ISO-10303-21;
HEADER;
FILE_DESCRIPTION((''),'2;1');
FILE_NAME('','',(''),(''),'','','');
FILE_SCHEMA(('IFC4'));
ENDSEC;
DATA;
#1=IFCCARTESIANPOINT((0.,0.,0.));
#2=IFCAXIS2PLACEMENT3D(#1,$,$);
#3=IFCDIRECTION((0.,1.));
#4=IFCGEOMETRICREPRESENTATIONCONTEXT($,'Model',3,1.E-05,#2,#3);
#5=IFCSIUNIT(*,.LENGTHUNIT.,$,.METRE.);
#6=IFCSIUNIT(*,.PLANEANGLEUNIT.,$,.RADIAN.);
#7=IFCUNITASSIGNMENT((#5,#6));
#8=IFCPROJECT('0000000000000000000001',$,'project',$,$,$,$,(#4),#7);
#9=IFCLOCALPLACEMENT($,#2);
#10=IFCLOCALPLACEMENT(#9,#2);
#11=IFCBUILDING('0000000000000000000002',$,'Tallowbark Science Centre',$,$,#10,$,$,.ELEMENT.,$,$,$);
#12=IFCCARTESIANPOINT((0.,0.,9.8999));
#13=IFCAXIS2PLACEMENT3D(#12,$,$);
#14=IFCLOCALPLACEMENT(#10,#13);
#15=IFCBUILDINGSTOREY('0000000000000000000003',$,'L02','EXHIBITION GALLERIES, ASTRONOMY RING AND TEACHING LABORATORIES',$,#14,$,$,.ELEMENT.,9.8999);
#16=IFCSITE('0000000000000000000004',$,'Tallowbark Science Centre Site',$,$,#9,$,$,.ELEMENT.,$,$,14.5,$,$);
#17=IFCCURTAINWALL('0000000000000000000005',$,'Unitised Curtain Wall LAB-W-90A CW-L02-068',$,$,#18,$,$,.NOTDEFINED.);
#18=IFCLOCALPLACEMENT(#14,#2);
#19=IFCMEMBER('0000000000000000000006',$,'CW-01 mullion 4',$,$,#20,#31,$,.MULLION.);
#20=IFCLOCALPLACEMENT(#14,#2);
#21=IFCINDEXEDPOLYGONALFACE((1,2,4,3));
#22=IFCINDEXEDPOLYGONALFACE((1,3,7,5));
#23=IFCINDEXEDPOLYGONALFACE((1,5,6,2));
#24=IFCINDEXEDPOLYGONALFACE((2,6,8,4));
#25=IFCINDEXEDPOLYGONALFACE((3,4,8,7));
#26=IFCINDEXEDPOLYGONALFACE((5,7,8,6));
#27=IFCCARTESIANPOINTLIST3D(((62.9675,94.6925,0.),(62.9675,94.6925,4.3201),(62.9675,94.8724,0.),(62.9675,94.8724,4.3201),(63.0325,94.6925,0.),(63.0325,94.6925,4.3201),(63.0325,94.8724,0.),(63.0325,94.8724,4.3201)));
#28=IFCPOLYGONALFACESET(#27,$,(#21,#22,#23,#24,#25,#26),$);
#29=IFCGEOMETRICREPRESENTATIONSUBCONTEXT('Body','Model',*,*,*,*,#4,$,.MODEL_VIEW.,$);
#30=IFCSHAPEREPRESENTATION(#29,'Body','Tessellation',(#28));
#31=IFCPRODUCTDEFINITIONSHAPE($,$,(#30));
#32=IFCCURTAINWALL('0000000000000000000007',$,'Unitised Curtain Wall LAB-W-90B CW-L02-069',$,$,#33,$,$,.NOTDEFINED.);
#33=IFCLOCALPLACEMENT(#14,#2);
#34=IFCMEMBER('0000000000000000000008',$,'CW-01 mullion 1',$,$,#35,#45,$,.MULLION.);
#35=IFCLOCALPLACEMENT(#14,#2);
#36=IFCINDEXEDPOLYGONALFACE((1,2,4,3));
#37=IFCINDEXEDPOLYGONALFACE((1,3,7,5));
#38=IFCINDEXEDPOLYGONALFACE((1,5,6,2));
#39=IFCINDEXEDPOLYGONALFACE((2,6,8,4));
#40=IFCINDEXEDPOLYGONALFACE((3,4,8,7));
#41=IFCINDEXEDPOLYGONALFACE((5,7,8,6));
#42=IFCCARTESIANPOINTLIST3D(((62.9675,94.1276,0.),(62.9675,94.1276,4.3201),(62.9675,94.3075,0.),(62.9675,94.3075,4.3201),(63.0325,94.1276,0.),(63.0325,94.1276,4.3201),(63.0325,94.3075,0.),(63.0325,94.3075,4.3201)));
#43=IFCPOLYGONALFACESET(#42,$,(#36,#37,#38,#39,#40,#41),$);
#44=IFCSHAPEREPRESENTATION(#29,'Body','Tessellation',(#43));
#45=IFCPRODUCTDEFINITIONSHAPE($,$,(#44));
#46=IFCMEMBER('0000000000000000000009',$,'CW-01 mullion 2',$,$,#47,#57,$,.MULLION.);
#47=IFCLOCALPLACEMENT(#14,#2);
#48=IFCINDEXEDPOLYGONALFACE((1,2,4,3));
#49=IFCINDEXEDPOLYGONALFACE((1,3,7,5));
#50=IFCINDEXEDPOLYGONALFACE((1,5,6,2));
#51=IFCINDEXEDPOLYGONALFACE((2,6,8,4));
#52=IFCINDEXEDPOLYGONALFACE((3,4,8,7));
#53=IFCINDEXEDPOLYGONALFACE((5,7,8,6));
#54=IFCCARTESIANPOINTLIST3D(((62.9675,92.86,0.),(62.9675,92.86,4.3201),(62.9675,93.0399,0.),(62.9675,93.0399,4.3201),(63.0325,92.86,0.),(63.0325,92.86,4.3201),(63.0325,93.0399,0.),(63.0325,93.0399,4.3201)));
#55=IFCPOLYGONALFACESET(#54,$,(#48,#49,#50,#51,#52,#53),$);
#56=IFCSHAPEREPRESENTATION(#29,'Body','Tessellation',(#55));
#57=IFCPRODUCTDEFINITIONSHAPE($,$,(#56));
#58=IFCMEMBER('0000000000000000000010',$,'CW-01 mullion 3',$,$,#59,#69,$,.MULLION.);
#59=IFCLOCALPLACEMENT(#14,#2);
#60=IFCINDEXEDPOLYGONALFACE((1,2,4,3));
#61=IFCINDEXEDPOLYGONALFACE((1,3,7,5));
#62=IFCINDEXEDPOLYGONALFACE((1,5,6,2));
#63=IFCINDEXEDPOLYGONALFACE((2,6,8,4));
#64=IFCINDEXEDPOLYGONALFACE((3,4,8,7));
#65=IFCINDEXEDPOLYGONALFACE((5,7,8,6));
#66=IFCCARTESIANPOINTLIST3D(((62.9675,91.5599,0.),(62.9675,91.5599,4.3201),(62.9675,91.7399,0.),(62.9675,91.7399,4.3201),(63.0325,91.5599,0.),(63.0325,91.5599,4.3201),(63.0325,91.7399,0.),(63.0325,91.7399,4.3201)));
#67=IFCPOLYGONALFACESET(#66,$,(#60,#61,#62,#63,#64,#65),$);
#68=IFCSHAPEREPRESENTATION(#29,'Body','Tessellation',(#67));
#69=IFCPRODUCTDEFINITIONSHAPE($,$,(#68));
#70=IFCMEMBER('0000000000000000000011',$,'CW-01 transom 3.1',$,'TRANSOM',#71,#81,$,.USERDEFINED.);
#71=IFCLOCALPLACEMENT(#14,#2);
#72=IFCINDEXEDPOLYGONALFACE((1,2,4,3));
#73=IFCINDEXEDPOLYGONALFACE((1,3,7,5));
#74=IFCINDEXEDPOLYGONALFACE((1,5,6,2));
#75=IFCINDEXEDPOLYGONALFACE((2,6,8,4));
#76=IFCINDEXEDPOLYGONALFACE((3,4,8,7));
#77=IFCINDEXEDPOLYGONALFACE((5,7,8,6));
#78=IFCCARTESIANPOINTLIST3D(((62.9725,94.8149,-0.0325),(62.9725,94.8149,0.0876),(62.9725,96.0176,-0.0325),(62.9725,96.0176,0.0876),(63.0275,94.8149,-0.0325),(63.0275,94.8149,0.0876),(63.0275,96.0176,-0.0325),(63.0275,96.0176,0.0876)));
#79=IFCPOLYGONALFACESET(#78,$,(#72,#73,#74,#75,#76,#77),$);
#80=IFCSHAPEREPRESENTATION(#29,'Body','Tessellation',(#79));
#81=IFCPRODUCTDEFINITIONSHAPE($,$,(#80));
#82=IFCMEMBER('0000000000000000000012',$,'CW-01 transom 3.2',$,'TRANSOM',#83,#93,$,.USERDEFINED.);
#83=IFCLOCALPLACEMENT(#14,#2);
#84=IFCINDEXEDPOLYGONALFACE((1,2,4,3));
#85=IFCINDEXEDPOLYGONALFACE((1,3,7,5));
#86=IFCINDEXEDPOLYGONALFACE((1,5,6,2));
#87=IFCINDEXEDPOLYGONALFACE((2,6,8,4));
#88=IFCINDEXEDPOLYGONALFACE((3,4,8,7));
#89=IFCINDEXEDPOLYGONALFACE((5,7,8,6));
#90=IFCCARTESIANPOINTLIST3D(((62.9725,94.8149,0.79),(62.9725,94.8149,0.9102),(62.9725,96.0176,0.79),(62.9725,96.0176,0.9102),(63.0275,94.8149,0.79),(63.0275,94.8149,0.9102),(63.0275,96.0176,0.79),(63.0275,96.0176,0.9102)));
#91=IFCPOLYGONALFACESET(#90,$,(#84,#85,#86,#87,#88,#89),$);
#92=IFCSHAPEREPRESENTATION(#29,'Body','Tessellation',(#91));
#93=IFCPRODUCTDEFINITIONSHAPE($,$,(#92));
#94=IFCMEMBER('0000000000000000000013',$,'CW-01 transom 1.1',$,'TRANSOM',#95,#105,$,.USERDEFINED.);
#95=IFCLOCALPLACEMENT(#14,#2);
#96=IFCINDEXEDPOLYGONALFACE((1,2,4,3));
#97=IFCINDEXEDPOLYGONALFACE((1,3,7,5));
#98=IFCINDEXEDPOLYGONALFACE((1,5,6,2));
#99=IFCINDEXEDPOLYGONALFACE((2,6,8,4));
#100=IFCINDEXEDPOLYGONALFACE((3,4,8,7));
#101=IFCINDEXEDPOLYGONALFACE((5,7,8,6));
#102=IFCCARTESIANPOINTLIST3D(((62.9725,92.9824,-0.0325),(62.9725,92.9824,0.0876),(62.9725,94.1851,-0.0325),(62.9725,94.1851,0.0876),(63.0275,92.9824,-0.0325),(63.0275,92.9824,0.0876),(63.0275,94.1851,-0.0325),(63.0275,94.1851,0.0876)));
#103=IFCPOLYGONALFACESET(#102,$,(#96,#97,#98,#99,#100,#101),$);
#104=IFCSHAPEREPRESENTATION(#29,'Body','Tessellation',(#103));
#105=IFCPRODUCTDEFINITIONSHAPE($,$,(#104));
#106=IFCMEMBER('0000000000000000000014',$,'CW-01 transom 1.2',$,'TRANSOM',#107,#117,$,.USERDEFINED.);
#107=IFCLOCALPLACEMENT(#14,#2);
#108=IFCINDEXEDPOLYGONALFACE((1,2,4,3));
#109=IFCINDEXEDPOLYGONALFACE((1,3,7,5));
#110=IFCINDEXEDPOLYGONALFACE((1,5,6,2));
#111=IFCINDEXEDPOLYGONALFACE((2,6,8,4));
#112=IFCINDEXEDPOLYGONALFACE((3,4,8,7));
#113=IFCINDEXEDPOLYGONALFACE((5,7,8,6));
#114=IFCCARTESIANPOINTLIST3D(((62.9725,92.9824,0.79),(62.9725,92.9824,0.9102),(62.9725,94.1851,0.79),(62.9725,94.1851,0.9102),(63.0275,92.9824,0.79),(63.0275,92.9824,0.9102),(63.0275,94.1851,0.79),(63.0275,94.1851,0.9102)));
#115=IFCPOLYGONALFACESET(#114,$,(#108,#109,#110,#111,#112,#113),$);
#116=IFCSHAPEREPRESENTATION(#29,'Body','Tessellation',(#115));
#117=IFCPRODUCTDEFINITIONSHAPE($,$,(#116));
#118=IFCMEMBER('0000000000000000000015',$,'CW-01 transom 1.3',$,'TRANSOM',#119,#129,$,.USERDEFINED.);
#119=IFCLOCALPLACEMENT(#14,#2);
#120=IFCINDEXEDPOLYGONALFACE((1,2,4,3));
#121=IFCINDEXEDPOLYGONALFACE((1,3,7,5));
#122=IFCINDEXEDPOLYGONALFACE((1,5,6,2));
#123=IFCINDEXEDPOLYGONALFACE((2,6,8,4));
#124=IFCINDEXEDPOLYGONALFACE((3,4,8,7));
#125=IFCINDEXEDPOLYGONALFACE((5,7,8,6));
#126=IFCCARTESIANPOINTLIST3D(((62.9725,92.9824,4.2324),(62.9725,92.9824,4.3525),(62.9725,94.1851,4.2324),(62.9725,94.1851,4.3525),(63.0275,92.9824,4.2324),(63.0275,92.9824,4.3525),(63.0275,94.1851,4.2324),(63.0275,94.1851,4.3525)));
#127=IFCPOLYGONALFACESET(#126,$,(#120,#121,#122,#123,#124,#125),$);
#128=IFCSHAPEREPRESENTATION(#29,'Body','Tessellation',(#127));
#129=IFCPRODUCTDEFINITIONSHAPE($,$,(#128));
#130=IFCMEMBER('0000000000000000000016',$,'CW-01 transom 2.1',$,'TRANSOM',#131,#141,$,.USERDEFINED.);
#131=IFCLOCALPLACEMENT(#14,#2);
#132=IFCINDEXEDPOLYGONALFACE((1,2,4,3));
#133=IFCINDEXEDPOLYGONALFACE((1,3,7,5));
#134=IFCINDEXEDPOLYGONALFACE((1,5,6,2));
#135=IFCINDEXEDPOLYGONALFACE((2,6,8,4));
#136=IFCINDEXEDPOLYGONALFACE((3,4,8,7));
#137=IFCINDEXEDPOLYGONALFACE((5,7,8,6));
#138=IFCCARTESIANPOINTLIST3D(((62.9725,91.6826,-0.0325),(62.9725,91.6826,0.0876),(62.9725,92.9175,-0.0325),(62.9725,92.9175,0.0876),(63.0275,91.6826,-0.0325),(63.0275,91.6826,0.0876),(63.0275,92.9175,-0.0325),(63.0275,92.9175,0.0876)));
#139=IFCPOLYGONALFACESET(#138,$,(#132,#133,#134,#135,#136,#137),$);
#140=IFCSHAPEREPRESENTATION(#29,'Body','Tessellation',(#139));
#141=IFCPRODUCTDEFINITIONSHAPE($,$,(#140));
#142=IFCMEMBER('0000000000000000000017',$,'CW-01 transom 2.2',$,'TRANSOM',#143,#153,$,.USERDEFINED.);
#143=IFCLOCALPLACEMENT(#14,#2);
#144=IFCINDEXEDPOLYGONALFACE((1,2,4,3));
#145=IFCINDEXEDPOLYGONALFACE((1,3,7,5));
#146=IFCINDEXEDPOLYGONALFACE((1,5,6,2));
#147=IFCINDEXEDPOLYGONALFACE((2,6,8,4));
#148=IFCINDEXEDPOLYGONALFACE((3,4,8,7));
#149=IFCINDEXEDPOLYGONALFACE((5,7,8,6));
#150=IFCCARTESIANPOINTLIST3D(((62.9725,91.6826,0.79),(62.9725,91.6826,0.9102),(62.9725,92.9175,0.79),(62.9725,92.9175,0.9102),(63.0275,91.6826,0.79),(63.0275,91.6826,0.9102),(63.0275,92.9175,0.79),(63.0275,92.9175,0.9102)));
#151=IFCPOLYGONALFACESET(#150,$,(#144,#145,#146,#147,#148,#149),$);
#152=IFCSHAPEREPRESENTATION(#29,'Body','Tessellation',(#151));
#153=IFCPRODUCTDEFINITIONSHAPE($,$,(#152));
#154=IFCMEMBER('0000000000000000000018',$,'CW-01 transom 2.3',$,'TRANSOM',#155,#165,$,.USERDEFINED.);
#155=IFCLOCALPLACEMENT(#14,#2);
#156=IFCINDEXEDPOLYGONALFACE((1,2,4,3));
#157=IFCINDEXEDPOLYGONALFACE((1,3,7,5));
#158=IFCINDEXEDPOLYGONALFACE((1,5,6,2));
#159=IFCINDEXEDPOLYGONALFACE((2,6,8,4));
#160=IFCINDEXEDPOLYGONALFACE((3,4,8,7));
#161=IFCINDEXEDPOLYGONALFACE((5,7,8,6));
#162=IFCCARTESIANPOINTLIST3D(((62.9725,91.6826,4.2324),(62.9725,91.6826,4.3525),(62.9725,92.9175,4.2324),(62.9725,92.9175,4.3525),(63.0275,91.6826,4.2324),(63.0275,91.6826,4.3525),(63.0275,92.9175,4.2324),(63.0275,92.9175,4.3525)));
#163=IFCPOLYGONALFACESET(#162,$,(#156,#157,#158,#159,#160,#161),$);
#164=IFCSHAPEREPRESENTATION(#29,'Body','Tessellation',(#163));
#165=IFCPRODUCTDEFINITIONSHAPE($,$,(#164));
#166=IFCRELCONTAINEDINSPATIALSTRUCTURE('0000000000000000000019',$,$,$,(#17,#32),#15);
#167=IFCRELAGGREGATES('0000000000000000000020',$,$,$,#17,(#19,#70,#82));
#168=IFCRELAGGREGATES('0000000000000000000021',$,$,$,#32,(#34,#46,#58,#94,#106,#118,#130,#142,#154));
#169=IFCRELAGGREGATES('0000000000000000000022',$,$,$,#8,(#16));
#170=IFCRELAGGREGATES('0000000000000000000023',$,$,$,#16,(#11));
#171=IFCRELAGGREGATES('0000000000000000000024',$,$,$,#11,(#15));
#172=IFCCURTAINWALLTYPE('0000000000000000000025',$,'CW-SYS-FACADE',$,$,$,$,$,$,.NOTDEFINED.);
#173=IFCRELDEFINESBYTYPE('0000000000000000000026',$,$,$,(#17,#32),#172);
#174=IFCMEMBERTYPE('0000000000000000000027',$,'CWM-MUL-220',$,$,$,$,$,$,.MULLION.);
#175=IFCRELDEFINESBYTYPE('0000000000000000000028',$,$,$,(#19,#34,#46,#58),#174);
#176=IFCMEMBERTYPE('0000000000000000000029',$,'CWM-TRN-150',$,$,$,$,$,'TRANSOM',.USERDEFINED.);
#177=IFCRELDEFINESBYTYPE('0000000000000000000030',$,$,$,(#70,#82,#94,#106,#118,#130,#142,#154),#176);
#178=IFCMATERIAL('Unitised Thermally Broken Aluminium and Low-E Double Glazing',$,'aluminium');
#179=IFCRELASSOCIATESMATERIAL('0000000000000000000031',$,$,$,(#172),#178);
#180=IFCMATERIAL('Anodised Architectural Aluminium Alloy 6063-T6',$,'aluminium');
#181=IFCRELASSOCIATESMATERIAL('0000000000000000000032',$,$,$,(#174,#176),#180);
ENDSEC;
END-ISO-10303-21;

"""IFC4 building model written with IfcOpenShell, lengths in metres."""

from ifc_helpers import new_model, si_unit, direction, frame, origin, origin_2d, place, context, subcontext, project, spatial, rectangle, extrude, material, material_profile, profile_set, type_object, element, aggregate, save


model = new_model("IFC4")

# Units and contexts
model_context = context("Model", 3, precision=1e-05, world=origin(), true_north=direction((0.0, 1.0)))
body_context = subcontext(model_context, "Body", "Model", "MODEL_VIEW")
ifc_project = project(units=[si_unit("LENGTHUNIT", "METRE"), si_unit("PLANEANGLEUNIT", "RADIAN")], contexts=[model_context])

# Site, building, storey
site_placement = place(None, origin())
site = spatial("IfcSite", under=ifc_project, at=site_placement, Name="Tallowbark Science Centre Site", CompositionType="ELEMENT", RefElevation=14.5)
building_placement = place(site_placement, origin())
building = spatial("IfcBuilding", under=site, at=building_placement, Name="Tallowbark Science Centre", CompositionType="ELEMENT")
storey_placement = place(building_placement, frame((0.0, 0.0, 9.8999)))
storey = spatial("IfcBuildingStorey", under=building, at=storey_placement, Name="L02", Description="EXHIBITION GALLERIES, ASTRONOMY RING AND TEACHING LABORATORIES", CompositionType="ELEMENT", Elevation=9.8999)

# Curtain wall, member
ifc_material_1 = material(Name="Unitised Thermally Broken Aluminium and Low-E Double Glazing", Category="aluminium")
curtain_wall_type = type_object("IfcCurtainWallType", Name="CW-SYS-FACADE", PredefinedType="NOTDEFINED", material=ifc_material_1)
curtain_wall_1_placement = place(storey_placement, origin())
curtain_wall_1 = element("IfcCurtainWall", 1, at=curtain_wall_1_placement, inside=storey, type_object=curtain_wall_type, Name="Unitised Curtain Wall LAB-W-90A CW-L02-068", PredefinedType="NOTDEFINED")
ifc_material_2 = material(Name="Anodised Architectural Aluminium Alloy 6063-T6", Category="aluminium")
ifc_material_profile_1 = material_profile(ifc_material_2, rectangle(XDim=0.0649, YDim=0.1799, at=origin_2d()), Name="ALU65x180")
ifc_profile_set_1 = profile_set([ifc_material_profile_1], Name="Anodised Architectural Aluminium Alloy 6063-T6")
member_type_1 = type_object("IfcMemberType", Name="CWM-MUL-220", PredefinedType="MULLION", material=ifc_profile_set_1)
member_1_placement = place(storey_placement, frame((63.0, 94.7825, 0.0), z_axis=(0.0, 0.0, 1.0), x_axis=(1.0, 0.0, 0.0)))
member_1 = element("IfcMember", 2, at=member_1_placement, type_object=member_type_1, Name="CW-01 mullion 4", PredefinedType="MULLION", context=body_context, shape_type="SweptSolid", body=[
    extrude(rectangle(XDim=0.0649, YDim=0.1799, at=origin_2d()), origin(), (0.0, 0.0, 1.0), 4.3201),
])

# Curtain wall, members
curtain_wall_2_placement = place(storey_placement, origin())
curtain_wall_2 = element("IfcCurtainWall", 3, at=curtain_wall_2_placement, inside=storey, type_object=curtain_wall_type, Name="Unitised Curtain Wall LAB-W-90B CW-L02-069", PredefinedType="NOTDEFINED")
member_2_placement = place(storey_placement, frame((63.0, 94.2175, 0.0), z_axis=(0.0, 0.0, 1.0), x_axis=(1.0, 0.0, 0.0)))
member_2 = element("IfcMember", 4, at=member_2_placement, type_object=member_type_1, Name="CW-01 mullion 1", PredefinedType="MULLION", context=body_context, shape_type="SweptSolid", body=[
    extrude(rectangle(XDim=0.0649, YDim=0.1799, at=origin_2d()), origin(), (0.0, 0.0, 1.0), 4.3201),
])
member_3_placement = place(storey_placement, frame((63.0, 92.95, 0.0), z_axis=(0.0, 0.0, 1.0), x_axis=(1.0, 0.0, 0.0)))
member_3 = element("IfcMember", 5, at=member_3_placement, type_object=member_type_1, Name="CW-01 mullion 2", PredefinedType="MULLION", context=body_context, shape_type="SweptSolid", body=[
    extrude(rectangle(XDim=0.0649, YDim=0.1799, at=origin_2d()), origin(), (0.0, 0.0, 1.0), 4.3201),
])
member_4_placement = place(storey_placement, frame((63.0, 91.6499, 0.0), z_axis=(0.0, 0.0, 1.0), x_axis=(1.0, 0.0, 0.0)))
member_4 = element("IfcMember", 6, at=member_4_placement, type_object=member_type_1, Name="CW-01 mullion 3", PredefinedType="MULLION", context=body_context, shape_type="SweptSolid", body=[
    extrude(rectangle(XDim=0.0649, YDim=0.1799, at=origin_2d()), origin(), (0.0, 0.0, 1.0), 4.3201),
])

# Members
ifc_material_profile_2 = material_profile(ifc_material_2, rectangle(XDim=0.0549, YDim=0.1201, at=origin_2d()), Name="ALU55x120")
ifc_profile_set_2 = profile_set([ifc_material_profile_2], Name="Anodised Architectural Aluminium Alloy 6063-T6")
member_type_2 = type_object("IfcMemberType", Name="CWM-TRN-150", ElementType="TRANSOM", PredefinedType="USERDEFINED", material=ifc_profile_set_2)
member_5_placement = place(storey_placement, frame((63.0, 96.0176, 0.0276), z_axis=(0.0, -1.0, 0.0), x_axis=(1.0, 0.0, 0.0)))
member_5 = element("IfcMember", 7, at=member_5_placement, type_object=member_type_2, Name="CW-01 transom 3.1", ObjectType="TRANSOM", PredefinedType="USERDEFINED", context=body_context, shape_type="SweptSolid", body=[
    extrude(rectangle(XDim=0.0549, YDim=0.1201, at=origin_2d()), origin(), (0.0, 0.0, 1.0), 1.2026),
])
member_6_placement = place(storey_placement, frame((63.0, 96.0176, 0.8501), z_axis=(0.0, -1.0, 0.0), x_axis=(1.0, 0.0, 0.0)))
member_6 = element("IfcMember", 8, at=member_6_placement, type_object=member_type_2, Name="CW-01 transom 3.2", ObjectType="TRANSOM", PredefinedType="USERDEFINED", context=body_context, shape_type="SweptSolid", body=[
    extrude(rectangle(XDim=0.0549, YDim=0.1201, at=origin_2d()), origin(), (0.0, 0.0, 1.0), 1.2026),
])
member_7_placement = place(storey_placement, frame((63.0, 94.1851, 0.0276), z_axis=(0.0, -1.0, 0.0), x_axis=(1.0, 0.0, 0.0)))
member_7 = element("IfcMember", 9, at=member_7_placement, type_object=member_type_2, Name="CW-01 transom 1.1", ObjectType="TRANSOM", PredefinedType="USERDEFINED", context=body_context, shape_type="SweptSolid", body=[
    extrude(rectangle(XDim=0.0549, YDim=0.1201, at=origin_2d()), origin(), (0.0, 0.0, 1.0), 1.2026),
])
member_8_placement = place(storey_placement, frame((63.0, 94.1851, 0.8501), z_axis=(0.0, -1.0, 0.0), x_axis=(1.0, 0.0, 0.0)))
member_8 = element("IfcMember", 10, at=member_8_placement, type_object=member_type_2, Name="CW-01 transom 1.2", ObjectType="TRANSOM", PredefinedType="USERDEFINED", context=body_context, shape_type="SweptSolid", body=[
    extrude(rectangle(XDim=0.0549, YDim=0.1201, at=origin_2d()), origin(), (0.0, 0.0, 1.0), 1.2026),
])
member_9_placement = place(storey_placement, frame((63.0, 94.1851, 4.2925), z_axis=(0.0, -1.0, 0.0), x_axis=(1.0, 0.0, 0.0)))
member_9 = element("IfcMember", 11, at=member_9_placement, type_object=member_type_2, Name="CW-01 transom 1.3", ObjectType="TRANSOM", PredefinedType="USERDEFINED", context=body_context, shape_type="SweptSolid", body=[
    extrude(rectangle(XDim=0.0549, YDim=0.1201, at=origin_2d()), origin(), (0.0, 0.0, 1.0), 1.2026),
])
member_10_placement = place(storey_placement, frame((63.0, 92.9175, 0.0276), z_axis=(0.0, -1.0, 0.0), x_axis=(1.0, 0.0, 0.0)))
member_10 = element("IfcMember", 12, at=member_10_placement, type_object=member_type_2, Name="CW-01 transom 2.1", ObjectType="TRANSOM", PredefinedType="USERDEFINED", context=body_context, shape_type="SweptSolid", body=[
    extrude(rectangle(XDim=0.0549, YDim=0.1201, at=origin_2d()), origin(), (0.0, 0.0, 1.0), 1.2349),
])
member_11_placement = place(storey_placement, frame((63.0, 92.9175, 0.8501), z_axis=(0.0, -1.0, 0.0), x_axis=(1.0, 0.0, 0.0)))
member_11 = element("IfcMember", 13, at=member_11_placement, type_object=member_type_2, Name="CW-01 transom 2.2", ObjectType="TRANSOM", PredefinedType="USERDEFINED", context=body_context, shape_type="SweptSolid", body=[
    extrude(rectangle(XDim=0.0549, YDim=0.1201, at=origin_2d()), origin(), (0.0, 0.0, 1.0), 1.2349),
])
member_12_placement = place(storey_placement, frame((63.0, 92.9175, 4.2925), z_axis=(0.0, -1.0, 0.0), x_axis=(1.0, 0.0, 0.0)))
member_12 = element("IfcMember", 14, at=member_12_placement, type_object=member_type_2, Name="CW-01 transom 2.3", ObjectType="TRANSOM", PredefinedType="USERDEFINED", context=body_context, shape_type="SweptSolid", body=[
    extrude(rectangle(XDim=0.0549, YDim=0.1201, at=origin_2d()), origin(), (0.0, 0.0, 1.0), 1.2349),
])

aggregate(curtain_wall_1, [member_1, member_5, member_6])
aggregate(curtain_wall_2, [member_2, member_3, member_4, member_7, member_8, member_9, member_10, member_11, member_12])

save(model, "model.ifc")
